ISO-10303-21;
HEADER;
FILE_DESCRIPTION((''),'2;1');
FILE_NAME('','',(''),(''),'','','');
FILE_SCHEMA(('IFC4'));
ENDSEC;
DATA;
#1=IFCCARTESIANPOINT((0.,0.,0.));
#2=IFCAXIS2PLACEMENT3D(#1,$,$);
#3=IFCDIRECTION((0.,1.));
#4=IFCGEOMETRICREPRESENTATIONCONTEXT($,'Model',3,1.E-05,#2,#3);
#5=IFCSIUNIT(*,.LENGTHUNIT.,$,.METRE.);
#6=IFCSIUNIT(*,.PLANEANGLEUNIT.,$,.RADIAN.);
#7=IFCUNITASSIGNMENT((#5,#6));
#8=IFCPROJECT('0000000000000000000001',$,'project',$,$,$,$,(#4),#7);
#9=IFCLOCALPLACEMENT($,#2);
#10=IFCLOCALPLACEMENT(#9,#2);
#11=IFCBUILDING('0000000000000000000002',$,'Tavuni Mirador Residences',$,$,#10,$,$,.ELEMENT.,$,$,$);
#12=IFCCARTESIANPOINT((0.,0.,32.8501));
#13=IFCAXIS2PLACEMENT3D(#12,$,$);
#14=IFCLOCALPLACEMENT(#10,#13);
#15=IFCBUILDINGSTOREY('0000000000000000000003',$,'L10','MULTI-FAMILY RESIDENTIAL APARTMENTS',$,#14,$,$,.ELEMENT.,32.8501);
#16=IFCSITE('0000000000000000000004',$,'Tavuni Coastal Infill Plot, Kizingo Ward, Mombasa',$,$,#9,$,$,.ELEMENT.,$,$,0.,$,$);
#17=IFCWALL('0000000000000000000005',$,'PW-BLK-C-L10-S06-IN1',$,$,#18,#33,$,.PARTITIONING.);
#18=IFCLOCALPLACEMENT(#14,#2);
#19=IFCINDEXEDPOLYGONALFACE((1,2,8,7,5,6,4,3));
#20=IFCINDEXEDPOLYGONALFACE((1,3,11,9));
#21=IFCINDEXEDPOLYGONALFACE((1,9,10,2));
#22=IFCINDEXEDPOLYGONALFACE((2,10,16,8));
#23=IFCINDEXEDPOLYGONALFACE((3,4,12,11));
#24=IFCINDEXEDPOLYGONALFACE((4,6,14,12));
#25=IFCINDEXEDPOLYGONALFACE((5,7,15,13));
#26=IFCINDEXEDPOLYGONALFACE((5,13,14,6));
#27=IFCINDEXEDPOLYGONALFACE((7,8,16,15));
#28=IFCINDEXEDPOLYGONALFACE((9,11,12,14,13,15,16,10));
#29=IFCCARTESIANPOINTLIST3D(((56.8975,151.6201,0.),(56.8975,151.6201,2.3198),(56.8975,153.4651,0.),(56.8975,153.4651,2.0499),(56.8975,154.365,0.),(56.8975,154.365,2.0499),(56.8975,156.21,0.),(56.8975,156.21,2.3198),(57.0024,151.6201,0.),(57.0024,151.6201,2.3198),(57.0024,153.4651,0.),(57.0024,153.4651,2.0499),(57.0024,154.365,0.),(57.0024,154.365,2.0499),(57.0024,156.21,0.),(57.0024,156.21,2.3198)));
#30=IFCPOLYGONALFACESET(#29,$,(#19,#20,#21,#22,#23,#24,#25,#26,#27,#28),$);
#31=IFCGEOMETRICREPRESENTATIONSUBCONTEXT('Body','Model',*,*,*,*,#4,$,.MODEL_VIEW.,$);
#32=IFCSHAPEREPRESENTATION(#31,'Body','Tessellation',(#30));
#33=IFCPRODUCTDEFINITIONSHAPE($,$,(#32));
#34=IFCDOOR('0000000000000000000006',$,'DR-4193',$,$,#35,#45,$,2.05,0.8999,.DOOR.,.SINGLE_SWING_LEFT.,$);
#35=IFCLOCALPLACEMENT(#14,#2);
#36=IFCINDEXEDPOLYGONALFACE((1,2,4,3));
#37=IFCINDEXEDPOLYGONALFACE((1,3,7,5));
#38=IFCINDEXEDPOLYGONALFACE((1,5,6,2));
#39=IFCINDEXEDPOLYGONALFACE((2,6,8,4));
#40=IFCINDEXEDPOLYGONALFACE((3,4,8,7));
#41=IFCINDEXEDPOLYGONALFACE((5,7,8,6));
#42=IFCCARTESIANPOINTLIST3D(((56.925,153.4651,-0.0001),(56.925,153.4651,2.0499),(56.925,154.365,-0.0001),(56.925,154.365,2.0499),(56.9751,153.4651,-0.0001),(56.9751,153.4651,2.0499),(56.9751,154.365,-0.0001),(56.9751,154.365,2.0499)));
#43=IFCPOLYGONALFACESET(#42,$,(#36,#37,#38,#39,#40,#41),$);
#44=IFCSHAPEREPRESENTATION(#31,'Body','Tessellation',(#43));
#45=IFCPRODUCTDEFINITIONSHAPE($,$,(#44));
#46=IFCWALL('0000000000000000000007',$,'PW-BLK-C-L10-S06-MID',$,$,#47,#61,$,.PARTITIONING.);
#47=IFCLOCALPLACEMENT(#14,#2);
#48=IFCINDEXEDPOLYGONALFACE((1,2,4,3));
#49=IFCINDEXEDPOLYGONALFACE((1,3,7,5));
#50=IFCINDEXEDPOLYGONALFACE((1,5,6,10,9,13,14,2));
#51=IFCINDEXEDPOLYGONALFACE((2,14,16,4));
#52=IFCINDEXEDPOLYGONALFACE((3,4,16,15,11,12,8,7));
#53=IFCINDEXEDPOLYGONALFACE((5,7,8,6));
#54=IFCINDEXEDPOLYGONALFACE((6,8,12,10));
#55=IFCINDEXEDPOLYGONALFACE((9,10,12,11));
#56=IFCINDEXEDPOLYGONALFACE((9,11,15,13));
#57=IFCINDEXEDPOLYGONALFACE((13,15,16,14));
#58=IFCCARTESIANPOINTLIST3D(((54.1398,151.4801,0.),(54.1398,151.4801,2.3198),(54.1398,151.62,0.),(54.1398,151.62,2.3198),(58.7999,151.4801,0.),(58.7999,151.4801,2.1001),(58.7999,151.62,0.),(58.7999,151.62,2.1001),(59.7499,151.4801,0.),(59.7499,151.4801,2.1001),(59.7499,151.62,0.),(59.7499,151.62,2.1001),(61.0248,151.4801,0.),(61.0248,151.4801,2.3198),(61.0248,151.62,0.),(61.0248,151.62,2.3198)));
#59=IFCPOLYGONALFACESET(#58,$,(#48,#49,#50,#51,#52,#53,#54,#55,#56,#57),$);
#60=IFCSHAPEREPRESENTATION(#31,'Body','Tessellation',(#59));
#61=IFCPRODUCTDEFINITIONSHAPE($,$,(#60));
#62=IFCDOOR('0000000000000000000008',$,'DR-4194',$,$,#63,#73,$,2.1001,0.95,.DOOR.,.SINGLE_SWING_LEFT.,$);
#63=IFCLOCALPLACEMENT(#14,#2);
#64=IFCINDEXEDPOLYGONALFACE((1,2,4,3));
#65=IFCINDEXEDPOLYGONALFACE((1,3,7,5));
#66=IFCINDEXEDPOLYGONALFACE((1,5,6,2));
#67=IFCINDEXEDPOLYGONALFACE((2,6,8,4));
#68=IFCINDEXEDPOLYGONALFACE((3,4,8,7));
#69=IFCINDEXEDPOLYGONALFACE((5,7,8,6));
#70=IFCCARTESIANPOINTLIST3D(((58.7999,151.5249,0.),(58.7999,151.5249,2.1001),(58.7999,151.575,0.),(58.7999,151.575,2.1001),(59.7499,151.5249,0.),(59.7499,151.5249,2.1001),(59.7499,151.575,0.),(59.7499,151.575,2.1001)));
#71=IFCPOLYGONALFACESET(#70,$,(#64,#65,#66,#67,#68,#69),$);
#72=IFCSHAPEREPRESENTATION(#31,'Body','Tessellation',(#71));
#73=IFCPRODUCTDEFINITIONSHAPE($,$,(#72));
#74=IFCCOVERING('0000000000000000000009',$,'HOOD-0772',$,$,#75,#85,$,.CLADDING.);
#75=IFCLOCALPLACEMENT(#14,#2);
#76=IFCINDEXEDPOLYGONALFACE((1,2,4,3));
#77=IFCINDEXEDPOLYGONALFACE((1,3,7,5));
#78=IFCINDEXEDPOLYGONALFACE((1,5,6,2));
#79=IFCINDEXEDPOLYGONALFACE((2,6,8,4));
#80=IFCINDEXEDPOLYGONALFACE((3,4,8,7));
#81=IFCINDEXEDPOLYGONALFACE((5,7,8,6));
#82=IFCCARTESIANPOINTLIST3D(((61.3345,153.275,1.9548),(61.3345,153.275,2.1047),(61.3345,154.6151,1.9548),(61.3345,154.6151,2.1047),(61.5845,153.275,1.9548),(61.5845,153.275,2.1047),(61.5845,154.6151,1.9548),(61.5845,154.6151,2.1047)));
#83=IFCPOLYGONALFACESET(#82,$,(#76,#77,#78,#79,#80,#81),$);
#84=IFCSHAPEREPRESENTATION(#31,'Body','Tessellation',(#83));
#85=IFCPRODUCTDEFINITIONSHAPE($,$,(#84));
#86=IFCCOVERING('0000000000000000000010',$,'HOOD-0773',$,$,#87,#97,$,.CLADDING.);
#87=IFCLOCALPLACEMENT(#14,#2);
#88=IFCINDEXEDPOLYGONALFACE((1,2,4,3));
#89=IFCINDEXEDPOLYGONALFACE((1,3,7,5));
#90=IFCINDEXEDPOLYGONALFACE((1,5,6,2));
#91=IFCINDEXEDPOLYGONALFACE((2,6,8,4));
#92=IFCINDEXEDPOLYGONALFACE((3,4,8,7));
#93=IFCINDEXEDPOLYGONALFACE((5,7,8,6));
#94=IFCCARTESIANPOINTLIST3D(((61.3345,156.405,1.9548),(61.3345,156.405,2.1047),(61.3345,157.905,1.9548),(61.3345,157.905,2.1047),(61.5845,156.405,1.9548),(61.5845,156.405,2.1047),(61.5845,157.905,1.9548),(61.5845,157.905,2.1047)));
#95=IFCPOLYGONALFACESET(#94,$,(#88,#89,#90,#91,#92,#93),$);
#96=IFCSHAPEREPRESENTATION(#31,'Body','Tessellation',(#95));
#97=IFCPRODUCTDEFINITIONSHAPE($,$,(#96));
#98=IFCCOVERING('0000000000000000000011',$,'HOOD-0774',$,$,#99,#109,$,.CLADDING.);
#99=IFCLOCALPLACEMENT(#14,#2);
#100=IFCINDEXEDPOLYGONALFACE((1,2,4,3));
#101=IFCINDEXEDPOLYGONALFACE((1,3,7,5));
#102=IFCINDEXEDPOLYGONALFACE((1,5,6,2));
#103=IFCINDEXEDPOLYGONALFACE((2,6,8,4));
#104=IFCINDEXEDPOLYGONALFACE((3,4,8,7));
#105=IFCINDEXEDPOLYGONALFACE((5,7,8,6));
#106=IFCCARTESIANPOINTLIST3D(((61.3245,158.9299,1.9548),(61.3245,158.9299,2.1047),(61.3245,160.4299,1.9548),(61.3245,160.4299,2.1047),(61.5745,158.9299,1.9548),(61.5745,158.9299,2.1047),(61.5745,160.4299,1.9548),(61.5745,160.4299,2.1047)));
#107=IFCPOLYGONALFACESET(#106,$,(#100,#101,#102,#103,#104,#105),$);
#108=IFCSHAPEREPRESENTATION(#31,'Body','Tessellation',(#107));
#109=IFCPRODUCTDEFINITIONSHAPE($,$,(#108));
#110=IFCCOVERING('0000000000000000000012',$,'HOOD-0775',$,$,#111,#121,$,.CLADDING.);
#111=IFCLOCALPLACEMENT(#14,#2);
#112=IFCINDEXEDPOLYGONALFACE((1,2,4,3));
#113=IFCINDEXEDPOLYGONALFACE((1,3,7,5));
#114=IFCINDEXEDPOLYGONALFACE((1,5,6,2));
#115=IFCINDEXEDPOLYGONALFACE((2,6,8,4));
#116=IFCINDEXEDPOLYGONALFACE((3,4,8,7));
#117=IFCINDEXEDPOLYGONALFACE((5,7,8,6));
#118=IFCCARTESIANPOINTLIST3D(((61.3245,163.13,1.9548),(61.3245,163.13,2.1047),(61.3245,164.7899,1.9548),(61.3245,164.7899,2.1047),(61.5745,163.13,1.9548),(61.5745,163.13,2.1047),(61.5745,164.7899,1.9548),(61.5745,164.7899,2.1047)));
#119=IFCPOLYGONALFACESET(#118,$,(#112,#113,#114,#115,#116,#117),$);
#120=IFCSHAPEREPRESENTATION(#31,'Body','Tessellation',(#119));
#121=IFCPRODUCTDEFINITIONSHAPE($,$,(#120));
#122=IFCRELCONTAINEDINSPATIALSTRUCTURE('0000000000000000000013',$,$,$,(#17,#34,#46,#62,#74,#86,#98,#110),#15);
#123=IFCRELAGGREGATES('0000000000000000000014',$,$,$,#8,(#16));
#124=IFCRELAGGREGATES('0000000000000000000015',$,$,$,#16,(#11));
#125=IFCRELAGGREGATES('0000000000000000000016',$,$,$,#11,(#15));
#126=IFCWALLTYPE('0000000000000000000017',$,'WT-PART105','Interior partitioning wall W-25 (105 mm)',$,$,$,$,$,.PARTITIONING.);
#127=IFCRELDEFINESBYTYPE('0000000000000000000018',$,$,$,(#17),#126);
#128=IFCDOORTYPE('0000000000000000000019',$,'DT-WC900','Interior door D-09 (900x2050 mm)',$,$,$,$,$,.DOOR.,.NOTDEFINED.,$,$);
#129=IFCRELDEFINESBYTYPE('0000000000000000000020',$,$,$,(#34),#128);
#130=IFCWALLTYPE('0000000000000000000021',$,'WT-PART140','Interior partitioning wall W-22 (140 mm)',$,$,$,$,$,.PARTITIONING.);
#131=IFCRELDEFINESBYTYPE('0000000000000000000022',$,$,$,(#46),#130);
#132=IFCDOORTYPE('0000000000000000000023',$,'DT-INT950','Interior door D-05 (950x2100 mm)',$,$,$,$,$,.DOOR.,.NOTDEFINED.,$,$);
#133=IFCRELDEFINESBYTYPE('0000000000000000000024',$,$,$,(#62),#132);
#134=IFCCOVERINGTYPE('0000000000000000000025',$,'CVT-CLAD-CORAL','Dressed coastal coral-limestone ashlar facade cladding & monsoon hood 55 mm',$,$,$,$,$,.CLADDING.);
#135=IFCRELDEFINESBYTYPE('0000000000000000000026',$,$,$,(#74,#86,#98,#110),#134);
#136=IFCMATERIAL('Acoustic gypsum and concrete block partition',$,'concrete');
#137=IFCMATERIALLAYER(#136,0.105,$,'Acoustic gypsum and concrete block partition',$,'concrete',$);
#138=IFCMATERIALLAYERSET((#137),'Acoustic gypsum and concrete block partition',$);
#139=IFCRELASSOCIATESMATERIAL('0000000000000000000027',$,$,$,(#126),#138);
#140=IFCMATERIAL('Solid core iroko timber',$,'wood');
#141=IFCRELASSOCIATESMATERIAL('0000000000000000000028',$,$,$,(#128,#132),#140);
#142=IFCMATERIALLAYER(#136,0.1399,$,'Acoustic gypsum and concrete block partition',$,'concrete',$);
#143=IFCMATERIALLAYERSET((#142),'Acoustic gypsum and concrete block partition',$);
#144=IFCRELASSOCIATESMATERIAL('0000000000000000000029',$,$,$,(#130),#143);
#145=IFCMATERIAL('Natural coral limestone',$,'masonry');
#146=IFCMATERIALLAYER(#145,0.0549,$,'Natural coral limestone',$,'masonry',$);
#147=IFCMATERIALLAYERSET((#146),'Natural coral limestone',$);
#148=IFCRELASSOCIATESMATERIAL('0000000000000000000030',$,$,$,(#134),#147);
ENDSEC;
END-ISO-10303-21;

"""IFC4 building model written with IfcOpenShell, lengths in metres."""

from ifc_helpers import new_model, si_unit, direction, frame, frame_2d, origin, origin_2d, place, context, subcontext, project, spatial, rectangle, extrude, material, layer, layer_set, type_object, element, fill, save


model = new_model("IFC4")

# Units and contexts
model_context = context("Model", 3, precision=1e-05, world=origin(), true_north=direction((0.0, 1.0)))
body_context = subcontext(model_context, "Body", "Model", "MODEL_VIEW")
ifc_project = project(units=[si_unit("LENGTHUNIT", "METRE"), si_unit("PLANEANGLEUNIT", "RADIAN")], contexts=[model_context])

# Site, building, storey
site_placement = place(None, origin())
site = spatial("IfcSite", under=ifc_project, at=site_placement, Name="Tavuni Coastal Infill Plot, Kizingo Ward, Mombasa", CompositionType="ELEMENT", RefElevation=0.0)
building_placement = place(site_placement, origin())
building = spatial("IfcBuilding", under=site, at=building_placement, Name="Tavuni Mirador Residences", CompositionType="ELEMENT")
storey_placement = place(building_placement, frame((0.0, 0.0, 32.8501)))
storey = spatial("IfcBuildingStorey", under=building, at=storey_placement, Name="L10", Description="MULTI-FAMILY RESIDENTIAL APARTMENTS", CompositionType="ELEMENT", Elevation=32.8501)

# Shared definitions
ifc_material_1 = material(Name="Solid core iroko timber", Category="wood")

# Walls, openings, doors
ifc_material_2 = material(Name="Acoustic gypsum and concrete block partition", Category="concrete")
ifc_layer_1 = layer(ifc_material_2, 0.105, Name="Acoustic gypsum and concrete block partition", Category="concrete")
ifc_layer_set_1 = layer_set([ifc_layer_1], Name="Acoustic gypsum and concrete block partition")
wall_type_1 = type_object("IfcWallType", Name="WT-PART105", Description="Interior partitioning wall W-25 (105 mm)", PredefinedType="PARTITIONING", material=ifc_layer_set_1)
wall_1_placement = place(storey_placement, frame((56.95, 151.6201, 0.0), z_axis=(0.0, 0.0, 1.0), x_axis=(0.0, 1.0, 0.0)))
wall_1 = element("IfcWall", 1, at=wall_1_placement, inside=storey, type_object=wall_type_1, Name="PW-BLK-C-L10-S06-IN1", PredefinedType="PARTITIONING", context=body_context, shape_type="SweptSolid", body=[
    extrude(rectangle(XDim=4.5898, YDim=0.105, at=frame_2d((2.2949, 0.0))), origin(), (0.0, 0.0, 1.0), 2.3198),
])
opening_1_placement = place(wall_1_placement, frame((1.845, 0.0, 0.0)))
opening_1 = element("IfcOpeningElement", 2, at=opening_1_placement, cuts=wall_1, PredefinedType="OPENING", context=body_context, shape_type="SweptSolid", body=[
    extrude(rectangle(XDim=0.8999, YDim=2.05, at=frame_2d((0.45, 1.0249))), frame((0.0, 0.0625, 0.0), z_axis=(0.0, -1.0, 0.0), x_axis=(1.0, 0.0, 0.0)), (0.0, 0.0, 1.0), 0.125),
])
door_type_1 = type_object("IfcDoorType", Name="DT-WC900", Description="Interior door D-09 (900x2050 mm)", OperationType="NOTDEFINED", PredefinedType="DOOR", material=ifc_material_1)
door_1_placement = place(opening_1_placement, origin())
door_1 = element("IfcDoor", 3, at=door_1_placement, inside=storey, type_object=door_type_1, Name="DR-4193", OperationType="SINGLE_SWING_LEFT", OverallHeight=2.05, OverallWidth=0.8999, PredefinedType="DOOR", context=body_context, shape_type="SweptSolid", body=[
    extrude(rectangle(XDim=0.8999, YDim=2.05, at=frame_2d((0.45, 1.0249))), frame((0.0, 0.0249, 0.0), z_axis=(0.0, -1.0, 0.0), x_axis=(1.0, 0.0, 0.0)), (0.0, 0.0, 1.0), 0.05),
])
fill(opening_1, door_1)
ifc_layer_2 = layer(ifc_material_2, 0.1399, Name="Acoustic gypsum and concrete block partition", Category="concrete")
ifc_layer_set_2 = layer_set([ifc_layer_2], Name="Acoustic gypsum and concrete block partition")
wall_type_2 = type_object("IfcWallType", Name="WT-PART140", Description="Interior partitioning wall W-22 (140 mm)", PredefinedType="PARTITIONING", material=ifc_layer_set_2)
wall_2_placement = place(storey_placement, frame((54.1399, 151.55, 0.0), z_axis=(0.0, 0.0, 1.0), x_axis=(1.0, 0.0, 0.0)))
wall_2 = element("IfcWall", 4, at=wall_2_placement, inside=storey, type_object=wall_type_2, Name="PW-BLK-C-L10-S06-MID", PredefinedType="PARTITIONING", context=body_context, shape_type="SweptSolid", body=[
    extrude(rectangle(XDim=6.885, YDim=0.1399, at=frame_2d((3.4424, 0.0))), origin(), (0.0, 0.0, 1.0), 2.3198),
])
opening_2_placement = place(wall_2_placement, frame((4.6599, 0.0, 0.0)))
opening_2 = element("IfcOpeningElement", 5, at=opening_2_placement, cuts=wall_2, PredefinedType="OPENING", context=body_context, shape_type="SweptSolid", body=[
    extrude(rectangle(XDim=0.95, YDim=2.1001, at=frame_2d((0.4751, 1.05))), frame((0.0, 0.0801, 0.0), z_axis=(0.0, -1.0, 0.0), x_axis=(1.0, 0.0, 0.0)), (0.0, 0.0, 1.0), 0.1599),
])
door_type_2 = type_object("IfcDoorType", Name="DT-INT950", Description="Interior door D-05 (950x2100 mm)", OperationType="NOTDEFINED", PredefinedType="DOOR", material=ifc_material_1)
door_2_placement = place(opening_2_placement, origin())
door_2 = element("IfcDoor", 6, at=door_2_placement, inside=storey, type_object=door_type_2, Name="DR-4194", OperationType="SINGLE_SWING_LEFT", OverallHeight=2.1001, OverallWidth=0.95, PredefinedType="DOOR", context=body_context, shape_type="SweptSolid", body=[
    extrude(rectangle(XDim=0.95, YDim=2.1001, at=frame_2d((0.4751, 1.05))), frame((0.0, 0.0249, 0.0), z_axis=(0.0, -1.0, 0.0), x_axis=(1.0, 0.0, 0.0)), (0.0, 0.0, 1.0), 0.05),
])
fill(opening_2, door_2)

# Coverings
ifc_material_3 = material(Name="Natural coral limestone", Category="masonry")
ifc_layer_3 = layer(ifc_material_3, 0.0549, Name="Natural coral limestone", Category="masonry")
ifc_layer_set_3 = layer_set([ifc_layer_3], Name="Natural coral limestone")
covering_type = type_object("IfcCoveringType", Name="CVT-CLAD-CORAL", Description="Dressed coastal coral-limestone ashlar facade cladding & monsoon hood 55 mm", PredefinedType="CLADDING", material=ifc_layer_set_3)
covering_1_placement = place(storey_placement, frame((61.4595, 153.9451, 1.9548), z_axis=(0.0, 0.0, 1.0), x_axis=(0.0, 1.0, 0.0)))
element("IfcCovering", 7, at=covering_1_placement, inside=storey, type_object=covering_type, Name="HOOD-0772", PredefinedType="CLADDING", context=body_context, shape_type="SweptSolid", body=[
    extrude(rectangle(XDim=1.3401, YDim=0.25, at=origin_2d()), origin(), (0.0, 0.0, 1.0), 0.1499),
])
for number, where, z_axis, x_axis, name in (
    (8, (61.4595, 157.155, 1.9548), (0.0, 0.0, 1.0), (0.0, 1.0, 0.0), "HOOD-0773"),
    (9, (61.4495, 159.6799, 1.9548), (0.0, 0.0, 1.0), (0.0, 1.0, 0.0), "HOOD-0774"),
):
    element("IfcCovering", number, at=place(storey_placement, frame(where, z_axis=z_axis, x_axis=x_axis)), inside=storey, type_object=covering_type, Name=name, PredefinedType="CLADDING", context=body_context, shape_type="SweptSolid", body=[
        extrude(rectangle(XDim=1.5, YDim=0.25, at=origin_2d()), origin(), (0.0, 0.0, 1.0), 0.1499),
    ])
covering_2_placement = place(storey_placement, frame((61.4495, 163.96, 1.9548), z_axis=(0.0, 0.0, 1.0), x_axis=(0.0, 1.0, 0.0)))
element("IfcCovering", 10, at=covering_2_placement, inside=storey, type_object=covering_type, Name="HOOD-0775", PredefinedType="CLADDING", context=body_context, shape_type="SweptSolid", body=[
    extrude(rectangle(XDim=1.6599, YDim=0.25, at=origin_2d()), origin(), (0.0, 0.0, 1.0), 0.1499),
])

save(model, "model.ifc")
